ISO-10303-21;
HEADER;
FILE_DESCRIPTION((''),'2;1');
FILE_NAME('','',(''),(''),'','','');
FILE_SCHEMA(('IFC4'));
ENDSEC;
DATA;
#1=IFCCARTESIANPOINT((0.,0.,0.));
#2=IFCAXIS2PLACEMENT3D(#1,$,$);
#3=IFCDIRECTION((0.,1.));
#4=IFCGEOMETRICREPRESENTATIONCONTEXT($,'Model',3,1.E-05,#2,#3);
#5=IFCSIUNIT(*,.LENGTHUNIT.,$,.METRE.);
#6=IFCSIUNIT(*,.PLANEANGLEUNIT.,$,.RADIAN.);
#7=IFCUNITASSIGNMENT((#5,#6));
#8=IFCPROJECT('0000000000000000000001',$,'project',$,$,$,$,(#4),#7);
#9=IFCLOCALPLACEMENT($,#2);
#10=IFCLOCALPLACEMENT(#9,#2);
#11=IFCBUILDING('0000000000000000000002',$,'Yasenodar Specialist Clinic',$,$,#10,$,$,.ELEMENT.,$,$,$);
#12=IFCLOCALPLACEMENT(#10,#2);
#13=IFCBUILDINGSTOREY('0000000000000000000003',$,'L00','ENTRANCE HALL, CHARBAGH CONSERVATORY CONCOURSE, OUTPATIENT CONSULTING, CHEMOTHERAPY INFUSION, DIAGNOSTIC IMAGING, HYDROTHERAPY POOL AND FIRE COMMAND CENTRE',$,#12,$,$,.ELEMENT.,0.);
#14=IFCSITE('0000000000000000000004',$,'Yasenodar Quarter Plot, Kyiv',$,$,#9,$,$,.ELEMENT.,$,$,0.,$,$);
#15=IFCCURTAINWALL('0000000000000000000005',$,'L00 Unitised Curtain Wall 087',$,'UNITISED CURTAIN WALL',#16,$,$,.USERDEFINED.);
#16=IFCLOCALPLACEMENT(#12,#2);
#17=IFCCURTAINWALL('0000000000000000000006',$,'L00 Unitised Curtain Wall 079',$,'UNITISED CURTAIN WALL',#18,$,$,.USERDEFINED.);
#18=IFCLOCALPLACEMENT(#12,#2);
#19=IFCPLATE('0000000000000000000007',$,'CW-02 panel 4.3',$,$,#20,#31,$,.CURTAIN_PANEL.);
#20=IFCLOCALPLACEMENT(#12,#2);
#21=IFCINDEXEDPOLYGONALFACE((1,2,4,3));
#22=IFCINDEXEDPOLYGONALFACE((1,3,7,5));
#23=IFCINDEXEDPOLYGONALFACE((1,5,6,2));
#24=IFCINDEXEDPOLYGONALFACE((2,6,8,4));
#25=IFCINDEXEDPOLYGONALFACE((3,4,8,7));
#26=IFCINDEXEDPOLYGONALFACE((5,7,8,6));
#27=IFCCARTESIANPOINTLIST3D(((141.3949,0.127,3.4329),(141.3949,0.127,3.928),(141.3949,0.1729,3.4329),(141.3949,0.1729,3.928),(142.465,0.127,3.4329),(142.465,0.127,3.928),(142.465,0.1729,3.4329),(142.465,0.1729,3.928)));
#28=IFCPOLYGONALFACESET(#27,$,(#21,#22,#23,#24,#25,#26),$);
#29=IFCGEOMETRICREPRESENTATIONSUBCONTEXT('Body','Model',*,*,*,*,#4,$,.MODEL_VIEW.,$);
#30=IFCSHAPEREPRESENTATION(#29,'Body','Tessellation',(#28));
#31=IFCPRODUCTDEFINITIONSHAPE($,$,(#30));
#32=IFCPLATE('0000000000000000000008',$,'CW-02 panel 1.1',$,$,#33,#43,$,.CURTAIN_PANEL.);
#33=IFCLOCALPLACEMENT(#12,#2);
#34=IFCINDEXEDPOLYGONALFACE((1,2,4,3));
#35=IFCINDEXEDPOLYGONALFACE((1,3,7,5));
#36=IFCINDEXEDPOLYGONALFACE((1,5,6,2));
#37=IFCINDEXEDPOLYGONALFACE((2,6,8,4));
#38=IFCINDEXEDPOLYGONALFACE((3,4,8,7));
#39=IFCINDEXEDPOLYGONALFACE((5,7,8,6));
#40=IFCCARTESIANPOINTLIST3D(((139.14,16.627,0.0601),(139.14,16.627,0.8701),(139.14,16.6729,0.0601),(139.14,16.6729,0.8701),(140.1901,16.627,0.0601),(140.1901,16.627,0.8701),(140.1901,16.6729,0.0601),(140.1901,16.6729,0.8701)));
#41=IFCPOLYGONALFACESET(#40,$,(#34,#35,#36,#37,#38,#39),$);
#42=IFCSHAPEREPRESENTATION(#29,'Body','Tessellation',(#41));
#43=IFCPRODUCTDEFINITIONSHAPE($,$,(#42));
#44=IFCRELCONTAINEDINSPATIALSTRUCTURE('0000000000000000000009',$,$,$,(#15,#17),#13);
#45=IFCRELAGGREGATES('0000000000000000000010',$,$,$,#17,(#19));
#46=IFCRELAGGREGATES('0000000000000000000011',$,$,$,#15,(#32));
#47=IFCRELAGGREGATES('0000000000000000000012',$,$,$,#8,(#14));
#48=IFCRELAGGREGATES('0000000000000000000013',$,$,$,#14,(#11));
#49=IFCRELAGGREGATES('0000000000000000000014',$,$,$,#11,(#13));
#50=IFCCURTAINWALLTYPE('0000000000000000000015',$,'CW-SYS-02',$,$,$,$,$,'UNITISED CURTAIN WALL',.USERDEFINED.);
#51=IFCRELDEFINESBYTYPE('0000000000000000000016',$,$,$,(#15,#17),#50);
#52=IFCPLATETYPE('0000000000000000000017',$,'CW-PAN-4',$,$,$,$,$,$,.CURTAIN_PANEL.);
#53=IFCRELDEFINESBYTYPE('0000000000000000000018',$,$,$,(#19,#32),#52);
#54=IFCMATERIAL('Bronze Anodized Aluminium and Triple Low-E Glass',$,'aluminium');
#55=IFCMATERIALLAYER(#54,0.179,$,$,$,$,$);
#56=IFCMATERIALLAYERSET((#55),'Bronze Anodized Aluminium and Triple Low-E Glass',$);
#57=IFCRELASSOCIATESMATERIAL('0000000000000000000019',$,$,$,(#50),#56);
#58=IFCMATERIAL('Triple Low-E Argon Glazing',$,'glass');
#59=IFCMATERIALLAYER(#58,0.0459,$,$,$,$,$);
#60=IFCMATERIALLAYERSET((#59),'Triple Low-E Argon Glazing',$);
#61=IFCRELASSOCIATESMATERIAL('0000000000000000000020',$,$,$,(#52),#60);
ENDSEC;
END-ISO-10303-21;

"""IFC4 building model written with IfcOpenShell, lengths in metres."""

from ifc_helpers import new_model, si_unit, direction, frame, origin, origin_2d, place, context, subcontext, project, spatial, rectangle, extrude, material, layer, layer_set, type_object, element, aggregate, save


model = new_model("IFC4")

# Units and contexts
model_context = context("Model", 3, precision=1e-05, world=origin(), true_north=direction((0.0, 1.0)))
body_context = subcontext(model_context, "Body", "Model", "MODEL_VIEW")
ifc_project = project(units=[si_unit("LENGTHUNIT", "METRE"), si_unit("PLANEANGLEUNIT", "RADIAN")], contexts=[model_context])

# Site, building, storey
site_placement = place(None, origin())
site = spatial("IfcSite", under=ifc_project, at=site_placement, Name="Yasenodar Quarter Plot, Kyiv", CompositionType="ELEMENT", RefElevation=0.0)
building_placement = place(site_placement, origin())
building = spatial("IfcBuilding", under=site, at=building_placement, Name="Yasenodar Specialist Clinic", CompositionType="ELEMENT")
storey_placement = place(building_placement, origin())
storey = spatial("IfcBuildingStorey", under=building, at=storey_placement, Name="L00", Description="ENTRANCE HALL, CHARBAGH CONSERVATORY CONCOURSE, OUTPATIENT CONSULTING, CHEMOTHERAPY INFUSION, DIAGNOSTIC IMAGING, HYDROTHERAPY POOL AND FIRE COMMAND CENTRE", CompositionType="ELEMENT", Elevation=0.0)

# Curtain walls
ifc_material_1 = material(Name="Bronze Anodized Aluminium and Triple Low-E Glass", Category="aluminium")
ifc_layer_1 = layer(ifc_material_1, 0.179)
ifc_layer_set_1 = layer_set([ifc_layer_1], Name="Bronze Anodized Aluminium and Triple Low-E Glass")
curtain_wall_type = type_object("IfcCurtainWallType", Name="CW-SYS-02", ElementType="UNITISED CURTAIN WALL", PredefinedType="USERDEFINED", material=ifc_layer_set_1)
curtain_wall_1_placement = place(storey_placement, origin())
curtain_wall_1 = element("IfcCurtainWall", 1, at=curtain_wall_1_placement, inside=storey, type_object=curtain_wall_type, Name="L00 Unitised Curtain Wall 087", ObjectType="UNITISED CURTAIN WALL", PredefinedType="USERDEFINED")
curtain_wall_2_placement = place(storey_placement, origin())
curtain_wall_2 = element("IfcCurtainWall", 2, at=curtain_wall_2_placement, inside=storey, type_object=curtain_wall_type, Name="L00 Unitised Curtain Wall 079", ObjectType="UNITISED CURTAIN WALL", PredefinedType="USERDEFINED")

# Plates
ifc_material_2 = material(Name="Triple Low-E Argon Glazing", Category="glass")
ifc_layer_2 = layer(ifc_material_2, 0.0459)
ifc_layer_set_2 = layer_set([ifc_layer_2], Name="Triple Low-E Argon Glazing")
plate_type = type_object("IfcPlateType", Name="CW-PAN-4", PredefinedType="CURTAIN_PANEL", material=ifc_layer_set_2)
plate_1_placement = place(storey_placement, frame((141.9299, 0.1499, 3.4329), z_axis=(0.0, 0.0, 1.0), x_axis=(-1.0, 0.0, 0.0)))
plate_1 = element("IfcPlate", 3, at=plate_1_placement, type_object=plate_type, Name="CW-02 panel 4.3", PredefinedType="CURTAIN_PANEL", context=body_context, shape_type="SweptSolid", body=[
    extrude(rectangle(XDim=1.0701, YDim=0.0459, at=origin_2d()), origin(), (0.0, 0.0, 1.0), 0.4951),
])
aggregate(curtain_wall_2, [plate_1])
plate_2_placement = place(storey_placement, frame((139.665, 16.6499, 0.0601), z_axis=(0.0, 0.0, 1.0), x_axis=(1.0, 0.0, 0.0)))
plate_2 = element("IfcPlate", 4, at=plate_2_placement, type_object=plate_type, Name="CW-02 panel 1.1", PredefinedType="CURTAIN_PANEL", context=body_context, shape_type="SweptSolid", body=[
    extrude(rectangle(XDim=1.05, YDim=0.0459, at=origin_2d()), origin(), (0.0, 0.0, 1.0), 0.8101),
])
aggregate(curtain_wall_1, [plate_2])

save(model, "model.ifc")
